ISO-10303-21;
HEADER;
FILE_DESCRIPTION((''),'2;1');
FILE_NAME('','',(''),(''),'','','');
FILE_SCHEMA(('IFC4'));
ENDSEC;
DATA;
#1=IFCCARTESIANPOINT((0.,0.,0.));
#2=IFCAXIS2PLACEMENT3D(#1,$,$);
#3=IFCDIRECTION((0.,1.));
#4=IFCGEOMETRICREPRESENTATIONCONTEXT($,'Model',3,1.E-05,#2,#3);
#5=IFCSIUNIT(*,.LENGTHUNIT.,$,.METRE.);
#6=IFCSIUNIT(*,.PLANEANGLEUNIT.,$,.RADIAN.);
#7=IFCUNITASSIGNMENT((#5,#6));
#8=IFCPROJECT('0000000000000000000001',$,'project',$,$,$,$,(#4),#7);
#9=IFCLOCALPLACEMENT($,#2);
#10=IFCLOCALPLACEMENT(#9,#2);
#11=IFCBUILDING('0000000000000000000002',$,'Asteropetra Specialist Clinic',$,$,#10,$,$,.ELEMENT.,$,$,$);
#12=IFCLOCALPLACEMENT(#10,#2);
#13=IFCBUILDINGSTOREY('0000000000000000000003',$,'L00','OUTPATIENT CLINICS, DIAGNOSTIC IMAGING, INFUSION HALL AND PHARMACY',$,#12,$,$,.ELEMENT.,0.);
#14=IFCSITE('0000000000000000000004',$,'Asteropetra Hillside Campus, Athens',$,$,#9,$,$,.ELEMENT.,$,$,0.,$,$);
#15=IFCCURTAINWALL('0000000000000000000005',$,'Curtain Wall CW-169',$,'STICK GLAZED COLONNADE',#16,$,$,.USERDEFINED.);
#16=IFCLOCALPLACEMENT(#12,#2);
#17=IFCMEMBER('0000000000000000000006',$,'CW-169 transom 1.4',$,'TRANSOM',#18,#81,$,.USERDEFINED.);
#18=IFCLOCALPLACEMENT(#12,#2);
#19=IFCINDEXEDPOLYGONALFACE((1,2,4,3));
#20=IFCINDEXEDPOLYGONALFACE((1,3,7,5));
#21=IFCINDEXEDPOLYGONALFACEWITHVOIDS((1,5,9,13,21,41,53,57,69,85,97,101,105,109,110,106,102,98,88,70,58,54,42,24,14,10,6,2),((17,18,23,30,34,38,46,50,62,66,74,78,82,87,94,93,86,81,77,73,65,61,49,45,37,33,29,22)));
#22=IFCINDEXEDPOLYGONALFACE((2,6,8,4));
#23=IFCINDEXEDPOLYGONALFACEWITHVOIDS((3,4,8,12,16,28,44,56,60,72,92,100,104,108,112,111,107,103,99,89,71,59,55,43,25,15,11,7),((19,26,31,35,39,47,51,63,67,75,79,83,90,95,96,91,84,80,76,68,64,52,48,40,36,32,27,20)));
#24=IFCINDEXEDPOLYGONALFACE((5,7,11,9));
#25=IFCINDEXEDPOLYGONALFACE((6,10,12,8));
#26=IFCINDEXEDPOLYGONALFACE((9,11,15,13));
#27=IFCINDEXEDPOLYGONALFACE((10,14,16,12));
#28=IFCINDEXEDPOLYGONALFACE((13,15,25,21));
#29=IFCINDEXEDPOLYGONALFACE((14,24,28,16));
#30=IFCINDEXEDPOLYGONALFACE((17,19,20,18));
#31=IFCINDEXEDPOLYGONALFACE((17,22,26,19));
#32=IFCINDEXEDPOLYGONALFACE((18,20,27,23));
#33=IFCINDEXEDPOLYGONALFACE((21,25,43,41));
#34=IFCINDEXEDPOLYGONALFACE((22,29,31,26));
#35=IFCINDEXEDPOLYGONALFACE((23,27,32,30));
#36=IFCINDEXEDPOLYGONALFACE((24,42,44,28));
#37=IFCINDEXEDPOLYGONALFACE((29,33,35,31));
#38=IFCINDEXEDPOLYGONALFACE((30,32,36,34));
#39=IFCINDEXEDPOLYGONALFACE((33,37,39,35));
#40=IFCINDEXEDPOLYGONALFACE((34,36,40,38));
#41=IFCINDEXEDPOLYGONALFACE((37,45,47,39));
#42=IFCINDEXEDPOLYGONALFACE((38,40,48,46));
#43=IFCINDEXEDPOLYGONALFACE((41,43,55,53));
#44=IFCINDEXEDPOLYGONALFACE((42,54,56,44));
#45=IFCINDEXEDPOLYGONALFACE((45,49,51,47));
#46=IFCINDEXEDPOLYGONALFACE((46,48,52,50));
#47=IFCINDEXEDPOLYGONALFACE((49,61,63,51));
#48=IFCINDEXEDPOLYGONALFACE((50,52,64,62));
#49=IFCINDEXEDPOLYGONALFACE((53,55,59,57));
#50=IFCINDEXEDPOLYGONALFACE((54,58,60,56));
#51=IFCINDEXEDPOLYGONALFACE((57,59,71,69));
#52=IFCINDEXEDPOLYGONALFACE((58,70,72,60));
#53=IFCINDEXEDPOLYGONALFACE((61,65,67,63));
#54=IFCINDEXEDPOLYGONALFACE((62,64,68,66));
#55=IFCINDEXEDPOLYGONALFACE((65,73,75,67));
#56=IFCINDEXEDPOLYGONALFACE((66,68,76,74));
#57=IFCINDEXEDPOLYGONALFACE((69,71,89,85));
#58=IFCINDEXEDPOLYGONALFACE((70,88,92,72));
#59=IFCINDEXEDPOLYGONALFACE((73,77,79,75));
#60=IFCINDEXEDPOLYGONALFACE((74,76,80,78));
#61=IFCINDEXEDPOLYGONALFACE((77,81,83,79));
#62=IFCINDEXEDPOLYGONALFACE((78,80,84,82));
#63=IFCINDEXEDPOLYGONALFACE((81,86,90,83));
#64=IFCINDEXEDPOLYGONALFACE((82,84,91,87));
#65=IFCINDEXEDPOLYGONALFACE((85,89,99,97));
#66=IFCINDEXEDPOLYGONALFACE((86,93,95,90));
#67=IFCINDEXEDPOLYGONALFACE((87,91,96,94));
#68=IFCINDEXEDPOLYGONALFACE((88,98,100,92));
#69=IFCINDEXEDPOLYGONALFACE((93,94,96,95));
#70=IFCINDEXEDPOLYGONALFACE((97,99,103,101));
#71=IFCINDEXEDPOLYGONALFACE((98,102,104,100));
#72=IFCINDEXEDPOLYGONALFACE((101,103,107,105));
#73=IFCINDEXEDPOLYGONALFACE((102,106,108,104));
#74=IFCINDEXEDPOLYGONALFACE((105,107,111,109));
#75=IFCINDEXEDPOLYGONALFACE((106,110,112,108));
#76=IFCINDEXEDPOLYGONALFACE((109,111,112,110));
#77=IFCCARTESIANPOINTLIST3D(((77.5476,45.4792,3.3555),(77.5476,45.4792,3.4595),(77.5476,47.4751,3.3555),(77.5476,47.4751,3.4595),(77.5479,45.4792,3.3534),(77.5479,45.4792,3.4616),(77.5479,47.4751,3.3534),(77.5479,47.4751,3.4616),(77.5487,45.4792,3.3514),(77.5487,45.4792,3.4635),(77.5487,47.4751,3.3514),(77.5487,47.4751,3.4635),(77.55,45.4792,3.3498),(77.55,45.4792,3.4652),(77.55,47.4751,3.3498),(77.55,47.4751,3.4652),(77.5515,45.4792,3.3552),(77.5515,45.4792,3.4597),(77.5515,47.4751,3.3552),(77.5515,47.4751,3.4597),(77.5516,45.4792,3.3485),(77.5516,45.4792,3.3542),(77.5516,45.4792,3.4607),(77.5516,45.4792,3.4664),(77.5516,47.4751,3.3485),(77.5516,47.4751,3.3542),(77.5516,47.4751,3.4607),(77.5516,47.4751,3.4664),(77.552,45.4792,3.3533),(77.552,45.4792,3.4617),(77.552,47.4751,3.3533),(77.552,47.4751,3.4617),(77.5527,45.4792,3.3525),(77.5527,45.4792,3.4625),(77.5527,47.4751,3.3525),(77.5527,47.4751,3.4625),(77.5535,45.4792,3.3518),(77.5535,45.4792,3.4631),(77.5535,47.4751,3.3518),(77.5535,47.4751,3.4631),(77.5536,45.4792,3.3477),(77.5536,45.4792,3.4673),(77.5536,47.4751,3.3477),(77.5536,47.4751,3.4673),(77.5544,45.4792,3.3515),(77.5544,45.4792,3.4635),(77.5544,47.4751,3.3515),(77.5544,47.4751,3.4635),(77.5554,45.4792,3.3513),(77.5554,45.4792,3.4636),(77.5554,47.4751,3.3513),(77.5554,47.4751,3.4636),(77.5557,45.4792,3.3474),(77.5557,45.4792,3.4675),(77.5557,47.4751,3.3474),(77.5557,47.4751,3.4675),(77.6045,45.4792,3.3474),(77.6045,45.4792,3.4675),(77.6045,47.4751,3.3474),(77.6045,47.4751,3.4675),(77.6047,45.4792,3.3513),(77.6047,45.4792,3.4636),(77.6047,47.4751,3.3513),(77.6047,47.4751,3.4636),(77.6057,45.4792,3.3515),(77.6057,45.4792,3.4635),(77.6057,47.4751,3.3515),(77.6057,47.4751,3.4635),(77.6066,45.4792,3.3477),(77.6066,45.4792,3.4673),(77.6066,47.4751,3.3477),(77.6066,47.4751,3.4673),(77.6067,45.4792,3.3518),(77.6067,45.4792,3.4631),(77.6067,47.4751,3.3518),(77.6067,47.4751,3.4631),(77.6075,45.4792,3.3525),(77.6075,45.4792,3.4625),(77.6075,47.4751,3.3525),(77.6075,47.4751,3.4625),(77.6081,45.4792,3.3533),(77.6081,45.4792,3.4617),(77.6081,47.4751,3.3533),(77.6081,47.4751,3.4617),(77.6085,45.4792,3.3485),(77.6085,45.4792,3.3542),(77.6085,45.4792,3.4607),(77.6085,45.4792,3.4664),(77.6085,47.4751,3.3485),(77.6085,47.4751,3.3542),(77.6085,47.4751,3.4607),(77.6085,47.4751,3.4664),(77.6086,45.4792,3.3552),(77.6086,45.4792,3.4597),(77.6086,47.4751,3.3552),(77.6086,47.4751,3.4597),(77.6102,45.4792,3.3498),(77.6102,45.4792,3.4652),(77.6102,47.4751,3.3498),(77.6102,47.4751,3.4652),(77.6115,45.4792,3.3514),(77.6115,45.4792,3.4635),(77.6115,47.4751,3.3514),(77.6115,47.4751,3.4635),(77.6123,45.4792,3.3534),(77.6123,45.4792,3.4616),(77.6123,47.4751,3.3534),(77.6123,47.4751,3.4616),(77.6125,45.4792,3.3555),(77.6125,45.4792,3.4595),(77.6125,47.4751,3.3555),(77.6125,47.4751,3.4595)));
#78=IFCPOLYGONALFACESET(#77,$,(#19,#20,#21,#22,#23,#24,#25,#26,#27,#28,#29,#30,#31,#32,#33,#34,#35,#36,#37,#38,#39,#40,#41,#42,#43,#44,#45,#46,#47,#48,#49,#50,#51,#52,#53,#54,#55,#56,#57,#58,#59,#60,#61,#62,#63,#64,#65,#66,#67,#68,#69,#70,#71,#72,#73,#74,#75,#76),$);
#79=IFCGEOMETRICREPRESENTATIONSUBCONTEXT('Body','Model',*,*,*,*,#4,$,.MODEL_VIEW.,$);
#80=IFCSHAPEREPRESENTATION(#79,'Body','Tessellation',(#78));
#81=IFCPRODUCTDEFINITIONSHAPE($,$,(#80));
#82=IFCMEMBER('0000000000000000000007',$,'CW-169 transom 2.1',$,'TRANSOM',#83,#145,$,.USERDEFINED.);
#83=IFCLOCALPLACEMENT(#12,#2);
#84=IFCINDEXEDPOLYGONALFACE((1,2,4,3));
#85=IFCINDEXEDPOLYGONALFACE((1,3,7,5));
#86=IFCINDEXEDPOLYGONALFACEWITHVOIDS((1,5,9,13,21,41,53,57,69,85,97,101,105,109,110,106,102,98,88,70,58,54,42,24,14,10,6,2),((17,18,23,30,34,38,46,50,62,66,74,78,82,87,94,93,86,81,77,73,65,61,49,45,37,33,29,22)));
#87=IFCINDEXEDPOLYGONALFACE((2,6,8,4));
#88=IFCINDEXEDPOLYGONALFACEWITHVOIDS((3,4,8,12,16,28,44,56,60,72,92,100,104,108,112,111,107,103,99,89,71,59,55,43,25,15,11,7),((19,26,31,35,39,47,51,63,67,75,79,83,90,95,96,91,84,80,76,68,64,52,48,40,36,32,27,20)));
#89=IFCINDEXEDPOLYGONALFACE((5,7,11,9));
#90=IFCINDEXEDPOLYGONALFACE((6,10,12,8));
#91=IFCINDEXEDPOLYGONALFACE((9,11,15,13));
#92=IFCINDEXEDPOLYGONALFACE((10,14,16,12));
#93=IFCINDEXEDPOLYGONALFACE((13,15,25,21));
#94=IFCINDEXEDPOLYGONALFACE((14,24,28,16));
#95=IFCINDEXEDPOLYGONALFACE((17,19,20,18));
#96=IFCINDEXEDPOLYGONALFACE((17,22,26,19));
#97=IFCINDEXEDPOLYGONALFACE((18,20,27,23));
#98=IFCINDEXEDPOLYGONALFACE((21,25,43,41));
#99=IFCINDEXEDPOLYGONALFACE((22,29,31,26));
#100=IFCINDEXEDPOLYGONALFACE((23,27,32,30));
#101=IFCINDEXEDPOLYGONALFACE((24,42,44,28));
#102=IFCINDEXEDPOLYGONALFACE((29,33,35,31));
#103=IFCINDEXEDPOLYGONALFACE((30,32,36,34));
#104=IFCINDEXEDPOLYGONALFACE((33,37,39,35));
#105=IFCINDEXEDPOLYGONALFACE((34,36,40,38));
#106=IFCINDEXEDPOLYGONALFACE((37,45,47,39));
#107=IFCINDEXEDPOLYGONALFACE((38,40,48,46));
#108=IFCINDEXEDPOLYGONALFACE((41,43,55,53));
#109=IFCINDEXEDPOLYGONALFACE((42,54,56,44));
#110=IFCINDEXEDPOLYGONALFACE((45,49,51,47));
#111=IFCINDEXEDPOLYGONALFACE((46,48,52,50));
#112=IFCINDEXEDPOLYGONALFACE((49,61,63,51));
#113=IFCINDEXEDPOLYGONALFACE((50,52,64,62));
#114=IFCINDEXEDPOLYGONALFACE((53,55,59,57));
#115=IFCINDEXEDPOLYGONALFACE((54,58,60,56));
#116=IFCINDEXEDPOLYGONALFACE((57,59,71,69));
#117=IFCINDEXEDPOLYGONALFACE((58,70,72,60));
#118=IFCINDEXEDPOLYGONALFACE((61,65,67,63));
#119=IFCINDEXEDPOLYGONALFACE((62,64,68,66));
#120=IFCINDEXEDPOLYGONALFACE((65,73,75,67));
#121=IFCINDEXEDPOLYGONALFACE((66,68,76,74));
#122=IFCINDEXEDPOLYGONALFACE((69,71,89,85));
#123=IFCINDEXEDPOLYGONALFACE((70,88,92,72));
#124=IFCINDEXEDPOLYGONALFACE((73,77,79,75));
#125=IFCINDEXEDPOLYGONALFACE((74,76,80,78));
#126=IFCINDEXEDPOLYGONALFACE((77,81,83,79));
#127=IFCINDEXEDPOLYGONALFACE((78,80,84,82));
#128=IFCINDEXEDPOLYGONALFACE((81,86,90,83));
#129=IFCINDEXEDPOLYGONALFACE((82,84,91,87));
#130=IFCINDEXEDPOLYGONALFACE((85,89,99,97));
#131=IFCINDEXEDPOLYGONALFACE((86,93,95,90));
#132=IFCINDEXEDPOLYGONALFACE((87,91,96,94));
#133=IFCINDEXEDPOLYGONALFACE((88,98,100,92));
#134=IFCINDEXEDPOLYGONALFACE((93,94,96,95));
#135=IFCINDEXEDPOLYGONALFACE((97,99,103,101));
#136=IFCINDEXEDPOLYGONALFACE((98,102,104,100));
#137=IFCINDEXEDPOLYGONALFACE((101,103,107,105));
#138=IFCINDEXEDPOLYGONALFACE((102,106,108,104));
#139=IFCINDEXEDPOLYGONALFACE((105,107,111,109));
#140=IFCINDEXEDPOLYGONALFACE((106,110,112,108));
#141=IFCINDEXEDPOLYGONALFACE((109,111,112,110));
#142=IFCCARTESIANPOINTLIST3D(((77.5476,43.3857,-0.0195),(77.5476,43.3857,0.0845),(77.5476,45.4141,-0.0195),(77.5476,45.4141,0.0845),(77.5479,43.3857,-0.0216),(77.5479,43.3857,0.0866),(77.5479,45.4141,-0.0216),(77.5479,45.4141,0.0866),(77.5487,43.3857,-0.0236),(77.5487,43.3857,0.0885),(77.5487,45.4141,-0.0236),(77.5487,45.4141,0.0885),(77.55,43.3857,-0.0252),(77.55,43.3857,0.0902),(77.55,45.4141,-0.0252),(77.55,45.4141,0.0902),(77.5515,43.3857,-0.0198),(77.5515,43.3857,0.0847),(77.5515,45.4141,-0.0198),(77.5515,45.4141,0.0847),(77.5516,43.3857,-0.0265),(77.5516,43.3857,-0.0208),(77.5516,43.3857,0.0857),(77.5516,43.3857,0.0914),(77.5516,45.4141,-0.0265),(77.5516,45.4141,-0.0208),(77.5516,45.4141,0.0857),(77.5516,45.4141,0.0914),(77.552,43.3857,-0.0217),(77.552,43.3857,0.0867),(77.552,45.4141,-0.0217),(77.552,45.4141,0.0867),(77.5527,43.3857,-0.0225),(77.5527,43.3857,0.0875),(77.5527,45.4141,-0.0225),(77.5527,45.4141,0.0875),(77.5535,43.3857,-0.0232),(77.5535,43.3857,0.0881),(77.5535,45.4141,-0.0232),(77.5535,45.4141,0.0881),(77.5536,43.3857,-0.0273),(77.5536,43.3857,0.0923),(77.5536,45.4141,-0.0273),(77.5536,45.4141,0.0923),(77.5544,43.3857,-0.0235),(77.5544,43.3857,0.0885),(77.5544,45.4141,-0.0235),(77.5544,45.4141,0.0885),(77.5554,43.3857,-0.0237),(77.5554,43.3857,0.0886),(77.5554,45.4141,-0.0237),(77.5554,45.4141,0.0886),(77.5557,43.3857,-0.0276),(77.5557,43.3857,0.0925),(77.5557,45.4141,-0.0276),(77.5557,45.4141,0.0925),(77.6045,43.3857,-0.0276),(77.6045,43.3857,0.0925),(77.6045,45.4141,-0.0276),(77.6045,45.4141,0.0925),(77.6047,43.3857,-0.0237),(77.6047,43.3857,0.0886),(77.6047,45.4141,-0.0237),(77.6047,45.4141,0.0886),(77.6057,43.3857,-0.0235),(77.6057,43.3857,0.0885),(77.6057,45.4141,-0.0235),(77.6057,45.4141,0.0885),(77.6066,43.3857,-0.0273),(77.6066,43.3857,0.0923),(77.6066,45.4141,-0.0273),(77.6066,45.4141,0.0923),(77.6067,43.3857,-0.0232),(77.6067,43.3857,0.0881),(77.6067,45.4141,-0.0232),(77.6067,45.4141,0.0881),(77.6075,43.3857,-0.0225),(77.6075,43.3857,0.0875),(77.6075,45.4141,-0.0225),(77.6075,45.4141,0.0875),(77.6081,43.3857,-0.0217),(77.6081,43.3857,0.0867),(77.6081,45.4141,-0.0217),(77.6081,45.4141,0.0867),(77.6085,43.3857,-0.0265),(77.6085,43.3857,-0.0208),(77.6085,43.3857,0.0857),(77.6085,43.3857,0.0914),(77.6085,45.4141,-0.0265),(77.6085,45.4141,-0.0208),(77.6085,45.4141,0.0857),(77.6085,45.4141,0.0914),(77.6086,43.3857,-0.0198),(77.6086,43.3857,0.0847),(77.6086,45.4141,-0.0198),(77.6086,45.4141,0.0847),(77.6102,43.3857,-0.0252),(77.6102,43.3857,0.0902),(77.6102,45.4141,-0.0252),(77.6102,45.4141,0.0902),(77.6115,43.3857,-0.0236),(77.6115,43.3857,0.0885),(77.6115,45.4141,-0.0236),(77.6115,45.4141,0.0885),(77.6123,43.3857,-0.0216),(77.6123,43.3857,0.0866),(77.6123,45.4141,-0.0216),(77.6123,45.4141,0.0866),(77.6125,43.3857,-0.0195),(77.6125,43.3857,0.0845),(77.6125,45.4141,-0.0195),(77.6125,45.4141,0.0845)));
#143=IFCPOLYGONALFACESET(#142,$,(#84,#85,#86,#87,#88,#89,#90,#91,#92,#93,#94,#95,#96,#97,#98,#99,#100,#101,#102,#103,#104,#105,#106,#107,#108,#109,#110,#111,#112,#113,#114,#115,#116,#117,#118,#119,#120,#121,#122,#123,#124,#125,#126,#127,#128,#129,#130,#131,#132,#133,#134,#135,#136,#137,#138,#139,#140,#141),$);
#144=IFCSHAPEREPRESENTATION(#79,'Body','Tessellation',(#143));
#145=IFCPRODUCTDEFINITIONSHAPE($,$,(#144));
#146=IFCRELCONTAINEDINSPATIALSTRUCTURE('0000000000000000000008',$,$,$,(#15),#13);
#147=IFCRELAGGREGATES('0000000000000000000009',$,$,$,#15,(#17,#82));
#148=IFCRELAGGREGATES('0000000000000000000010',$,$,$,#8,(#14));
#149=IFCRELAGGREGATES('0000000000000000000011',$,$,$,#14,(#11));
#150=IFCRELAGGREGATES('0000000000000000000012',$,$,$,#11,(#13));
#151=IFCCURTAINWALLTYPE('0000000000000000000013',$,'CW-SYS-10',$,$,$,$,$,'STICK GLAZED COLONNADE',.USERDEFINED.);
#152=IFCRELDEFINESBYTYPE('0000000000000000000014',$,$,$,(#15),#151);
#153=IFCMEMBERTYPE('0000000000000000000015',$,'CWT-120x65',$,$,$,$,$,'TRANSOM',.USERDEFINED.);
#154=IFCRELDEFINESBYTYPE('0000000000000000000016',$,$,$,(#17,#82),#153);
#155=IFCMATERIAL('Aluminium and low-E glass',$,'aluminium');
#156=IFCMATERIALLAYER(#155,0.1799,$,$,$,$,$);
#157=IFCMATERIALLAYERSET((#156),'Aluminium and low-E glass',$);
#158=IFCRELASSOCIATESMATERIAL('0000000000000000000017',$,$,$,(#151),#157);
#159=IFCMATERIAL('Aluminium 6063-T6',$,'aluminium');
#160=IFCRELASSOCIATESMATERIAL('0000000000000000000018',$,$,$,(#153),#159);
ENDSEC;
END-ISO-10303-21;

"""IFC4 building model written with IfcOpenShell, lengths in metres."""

from ifc_helpers import new_model, si_unit, direction, frame, origin, origin_2d, place, context, subcontext, project, spatial, hollow_rectangle, extrude, material, layer, layer_set, material_profile, profile_set, type_object, element, aggregate, save


model = new_model("IFC4")

# Units and contexts
model_context = context("Model", 3, precision=1e-05, world=origin(), true_north=direction((0.0, 1.0)))
body_context = subcontext(model_context, "Body", "Model", "MODEL_VIEW")
ifc_project = project(units=[si_unit("LENGTHUNIT", "METRE"), si_unit("PLANEANGLEUNIT", "RADIAN")], contexts=[model_context])

# Site, building, storey
site_placement = place(None, origin())
site = spatial("IfcSite", under=ifc_project, at=site_placement, Name="Asteropetra Hillside Campus, Athens", CompositionType="ELEMENT", RefElevation=0.0)
building_placement = place(site_placement, origin())
building = spatial("IfcBuilding", under=site, at=building_placement, Name="Asteropetra Specialist Clinic", CompositionType="ELEMENT")
storey_placement = place(building_placement, origin())
storey = spatial("IfcBuildingStorey", under=building, at=storey_placement, Name="L00", Description="OUTPATIENT CLINICS, DIAGNOSTIC IMAGING, INFUSION HALL AND PHARMACY", CompositionType="ELEMENT", Elevation=0.0)

# Curtain wall, members
ifc_material_1 = material(Name="Aluminium and low-E glass", Category="aluminium")
ifc_layer_1 = layer(ifc_material_1, 0.1799)
ifc_layer_set_1 = layer_set([ifc_layer_1], Name="Aluminium and low-E glass")
curtain_wall_type = type_object("IfcCurtainWallType", Name="CW-SYS-10", ElementType="STICK GLAZED COLONNADE", PredefinedType="USERDEFINED", material=ifc_layer_set_1)
curtain_wall_placement = place(storey_placement, origin())
curtain_wall = element("IfcCurtainWall", 1, at=curtain_wall_placement, inside=storey, type_object=curtain_wall_type, Name="Curtain Wall CW-169", ObjectType="STICK GLAZED COLONNADE", PredefinedType="USERDEFINED")
ifc_material_2 = material(Name="Aluminium 6063-T6", Category="aluminium")
ifc_material_profile_1 = material_profile(ifc_material_2, hollow_rectangle(XDim=0.0649, YDim=0.1201, WallThickness=0.0039, InnerFilletRadius=0.0039, OuterFilletRadius=0.0081, at=origin_2d()), Name="TRN 120x65x4.0")
ifc_profile_set_1 = profile_set([ifc_material_profile_1], Name="Aluminium 6063-T6")
member_type_1 = type_object("IfcMemberType", Name="CWT-120x65", ElementType="TRANSOM", PredefinedType="USERDEFINED", material=ifc_profile_set_1)
member_1_placement = place(storey_placement, frame((77.5801, 47.4751, 3.4075), z_axis=(0.0, -1.0, 0.0), x_axis=(1.0, 0.0, 0.0)))
member_1 = element("IfcMember", 2, at=member_1_placement, type_object=member_type_1, Name="CW-169 transom 1.4", ObjectType="TRANSOM", PredefinedType="USERDEFINED", context=body_context, shape_type="SweptSolid", body=[
    extrude(hollow_rectangle(XDim=0.0649, YDim=0.1201, WallThickness=0.0039, InnerFilletRadius=0.0039, OuterFilletRadius=0.0081, at=origin_2d()), origin(), (0.0, 0.0, 1.0), 1.9958),
])
member_2_placement = place(storey_placement, frame((77.5801, 45.4141, 0.0325), z_axis=(0.0, -1.0, 0.0), x_axis=(1.0, 0.0, 0.0)))
member_2 = element("IfcMember", 3, at=member_2_placement, type_object=member_type_1, Name="CW-169 transom 2.1", ObjectType="TRANSOM", PredefinedType="USERDEFINED", context=body_context, shape_type="SweptSolid", body=[
    extrude(hollow_rectangle(XDim=0.0649, YDim=0.1201, WallThickness=0.0039, InnerFilletRadius=0.0039, OuterFilletRadius=0.0081, at=origin_2d()), origin(), (0.0, 0.0, 1.0), 2.0283),
])
aggregate(curtain_wall, [member_1, member_2])

save(model, "model.ifc")
